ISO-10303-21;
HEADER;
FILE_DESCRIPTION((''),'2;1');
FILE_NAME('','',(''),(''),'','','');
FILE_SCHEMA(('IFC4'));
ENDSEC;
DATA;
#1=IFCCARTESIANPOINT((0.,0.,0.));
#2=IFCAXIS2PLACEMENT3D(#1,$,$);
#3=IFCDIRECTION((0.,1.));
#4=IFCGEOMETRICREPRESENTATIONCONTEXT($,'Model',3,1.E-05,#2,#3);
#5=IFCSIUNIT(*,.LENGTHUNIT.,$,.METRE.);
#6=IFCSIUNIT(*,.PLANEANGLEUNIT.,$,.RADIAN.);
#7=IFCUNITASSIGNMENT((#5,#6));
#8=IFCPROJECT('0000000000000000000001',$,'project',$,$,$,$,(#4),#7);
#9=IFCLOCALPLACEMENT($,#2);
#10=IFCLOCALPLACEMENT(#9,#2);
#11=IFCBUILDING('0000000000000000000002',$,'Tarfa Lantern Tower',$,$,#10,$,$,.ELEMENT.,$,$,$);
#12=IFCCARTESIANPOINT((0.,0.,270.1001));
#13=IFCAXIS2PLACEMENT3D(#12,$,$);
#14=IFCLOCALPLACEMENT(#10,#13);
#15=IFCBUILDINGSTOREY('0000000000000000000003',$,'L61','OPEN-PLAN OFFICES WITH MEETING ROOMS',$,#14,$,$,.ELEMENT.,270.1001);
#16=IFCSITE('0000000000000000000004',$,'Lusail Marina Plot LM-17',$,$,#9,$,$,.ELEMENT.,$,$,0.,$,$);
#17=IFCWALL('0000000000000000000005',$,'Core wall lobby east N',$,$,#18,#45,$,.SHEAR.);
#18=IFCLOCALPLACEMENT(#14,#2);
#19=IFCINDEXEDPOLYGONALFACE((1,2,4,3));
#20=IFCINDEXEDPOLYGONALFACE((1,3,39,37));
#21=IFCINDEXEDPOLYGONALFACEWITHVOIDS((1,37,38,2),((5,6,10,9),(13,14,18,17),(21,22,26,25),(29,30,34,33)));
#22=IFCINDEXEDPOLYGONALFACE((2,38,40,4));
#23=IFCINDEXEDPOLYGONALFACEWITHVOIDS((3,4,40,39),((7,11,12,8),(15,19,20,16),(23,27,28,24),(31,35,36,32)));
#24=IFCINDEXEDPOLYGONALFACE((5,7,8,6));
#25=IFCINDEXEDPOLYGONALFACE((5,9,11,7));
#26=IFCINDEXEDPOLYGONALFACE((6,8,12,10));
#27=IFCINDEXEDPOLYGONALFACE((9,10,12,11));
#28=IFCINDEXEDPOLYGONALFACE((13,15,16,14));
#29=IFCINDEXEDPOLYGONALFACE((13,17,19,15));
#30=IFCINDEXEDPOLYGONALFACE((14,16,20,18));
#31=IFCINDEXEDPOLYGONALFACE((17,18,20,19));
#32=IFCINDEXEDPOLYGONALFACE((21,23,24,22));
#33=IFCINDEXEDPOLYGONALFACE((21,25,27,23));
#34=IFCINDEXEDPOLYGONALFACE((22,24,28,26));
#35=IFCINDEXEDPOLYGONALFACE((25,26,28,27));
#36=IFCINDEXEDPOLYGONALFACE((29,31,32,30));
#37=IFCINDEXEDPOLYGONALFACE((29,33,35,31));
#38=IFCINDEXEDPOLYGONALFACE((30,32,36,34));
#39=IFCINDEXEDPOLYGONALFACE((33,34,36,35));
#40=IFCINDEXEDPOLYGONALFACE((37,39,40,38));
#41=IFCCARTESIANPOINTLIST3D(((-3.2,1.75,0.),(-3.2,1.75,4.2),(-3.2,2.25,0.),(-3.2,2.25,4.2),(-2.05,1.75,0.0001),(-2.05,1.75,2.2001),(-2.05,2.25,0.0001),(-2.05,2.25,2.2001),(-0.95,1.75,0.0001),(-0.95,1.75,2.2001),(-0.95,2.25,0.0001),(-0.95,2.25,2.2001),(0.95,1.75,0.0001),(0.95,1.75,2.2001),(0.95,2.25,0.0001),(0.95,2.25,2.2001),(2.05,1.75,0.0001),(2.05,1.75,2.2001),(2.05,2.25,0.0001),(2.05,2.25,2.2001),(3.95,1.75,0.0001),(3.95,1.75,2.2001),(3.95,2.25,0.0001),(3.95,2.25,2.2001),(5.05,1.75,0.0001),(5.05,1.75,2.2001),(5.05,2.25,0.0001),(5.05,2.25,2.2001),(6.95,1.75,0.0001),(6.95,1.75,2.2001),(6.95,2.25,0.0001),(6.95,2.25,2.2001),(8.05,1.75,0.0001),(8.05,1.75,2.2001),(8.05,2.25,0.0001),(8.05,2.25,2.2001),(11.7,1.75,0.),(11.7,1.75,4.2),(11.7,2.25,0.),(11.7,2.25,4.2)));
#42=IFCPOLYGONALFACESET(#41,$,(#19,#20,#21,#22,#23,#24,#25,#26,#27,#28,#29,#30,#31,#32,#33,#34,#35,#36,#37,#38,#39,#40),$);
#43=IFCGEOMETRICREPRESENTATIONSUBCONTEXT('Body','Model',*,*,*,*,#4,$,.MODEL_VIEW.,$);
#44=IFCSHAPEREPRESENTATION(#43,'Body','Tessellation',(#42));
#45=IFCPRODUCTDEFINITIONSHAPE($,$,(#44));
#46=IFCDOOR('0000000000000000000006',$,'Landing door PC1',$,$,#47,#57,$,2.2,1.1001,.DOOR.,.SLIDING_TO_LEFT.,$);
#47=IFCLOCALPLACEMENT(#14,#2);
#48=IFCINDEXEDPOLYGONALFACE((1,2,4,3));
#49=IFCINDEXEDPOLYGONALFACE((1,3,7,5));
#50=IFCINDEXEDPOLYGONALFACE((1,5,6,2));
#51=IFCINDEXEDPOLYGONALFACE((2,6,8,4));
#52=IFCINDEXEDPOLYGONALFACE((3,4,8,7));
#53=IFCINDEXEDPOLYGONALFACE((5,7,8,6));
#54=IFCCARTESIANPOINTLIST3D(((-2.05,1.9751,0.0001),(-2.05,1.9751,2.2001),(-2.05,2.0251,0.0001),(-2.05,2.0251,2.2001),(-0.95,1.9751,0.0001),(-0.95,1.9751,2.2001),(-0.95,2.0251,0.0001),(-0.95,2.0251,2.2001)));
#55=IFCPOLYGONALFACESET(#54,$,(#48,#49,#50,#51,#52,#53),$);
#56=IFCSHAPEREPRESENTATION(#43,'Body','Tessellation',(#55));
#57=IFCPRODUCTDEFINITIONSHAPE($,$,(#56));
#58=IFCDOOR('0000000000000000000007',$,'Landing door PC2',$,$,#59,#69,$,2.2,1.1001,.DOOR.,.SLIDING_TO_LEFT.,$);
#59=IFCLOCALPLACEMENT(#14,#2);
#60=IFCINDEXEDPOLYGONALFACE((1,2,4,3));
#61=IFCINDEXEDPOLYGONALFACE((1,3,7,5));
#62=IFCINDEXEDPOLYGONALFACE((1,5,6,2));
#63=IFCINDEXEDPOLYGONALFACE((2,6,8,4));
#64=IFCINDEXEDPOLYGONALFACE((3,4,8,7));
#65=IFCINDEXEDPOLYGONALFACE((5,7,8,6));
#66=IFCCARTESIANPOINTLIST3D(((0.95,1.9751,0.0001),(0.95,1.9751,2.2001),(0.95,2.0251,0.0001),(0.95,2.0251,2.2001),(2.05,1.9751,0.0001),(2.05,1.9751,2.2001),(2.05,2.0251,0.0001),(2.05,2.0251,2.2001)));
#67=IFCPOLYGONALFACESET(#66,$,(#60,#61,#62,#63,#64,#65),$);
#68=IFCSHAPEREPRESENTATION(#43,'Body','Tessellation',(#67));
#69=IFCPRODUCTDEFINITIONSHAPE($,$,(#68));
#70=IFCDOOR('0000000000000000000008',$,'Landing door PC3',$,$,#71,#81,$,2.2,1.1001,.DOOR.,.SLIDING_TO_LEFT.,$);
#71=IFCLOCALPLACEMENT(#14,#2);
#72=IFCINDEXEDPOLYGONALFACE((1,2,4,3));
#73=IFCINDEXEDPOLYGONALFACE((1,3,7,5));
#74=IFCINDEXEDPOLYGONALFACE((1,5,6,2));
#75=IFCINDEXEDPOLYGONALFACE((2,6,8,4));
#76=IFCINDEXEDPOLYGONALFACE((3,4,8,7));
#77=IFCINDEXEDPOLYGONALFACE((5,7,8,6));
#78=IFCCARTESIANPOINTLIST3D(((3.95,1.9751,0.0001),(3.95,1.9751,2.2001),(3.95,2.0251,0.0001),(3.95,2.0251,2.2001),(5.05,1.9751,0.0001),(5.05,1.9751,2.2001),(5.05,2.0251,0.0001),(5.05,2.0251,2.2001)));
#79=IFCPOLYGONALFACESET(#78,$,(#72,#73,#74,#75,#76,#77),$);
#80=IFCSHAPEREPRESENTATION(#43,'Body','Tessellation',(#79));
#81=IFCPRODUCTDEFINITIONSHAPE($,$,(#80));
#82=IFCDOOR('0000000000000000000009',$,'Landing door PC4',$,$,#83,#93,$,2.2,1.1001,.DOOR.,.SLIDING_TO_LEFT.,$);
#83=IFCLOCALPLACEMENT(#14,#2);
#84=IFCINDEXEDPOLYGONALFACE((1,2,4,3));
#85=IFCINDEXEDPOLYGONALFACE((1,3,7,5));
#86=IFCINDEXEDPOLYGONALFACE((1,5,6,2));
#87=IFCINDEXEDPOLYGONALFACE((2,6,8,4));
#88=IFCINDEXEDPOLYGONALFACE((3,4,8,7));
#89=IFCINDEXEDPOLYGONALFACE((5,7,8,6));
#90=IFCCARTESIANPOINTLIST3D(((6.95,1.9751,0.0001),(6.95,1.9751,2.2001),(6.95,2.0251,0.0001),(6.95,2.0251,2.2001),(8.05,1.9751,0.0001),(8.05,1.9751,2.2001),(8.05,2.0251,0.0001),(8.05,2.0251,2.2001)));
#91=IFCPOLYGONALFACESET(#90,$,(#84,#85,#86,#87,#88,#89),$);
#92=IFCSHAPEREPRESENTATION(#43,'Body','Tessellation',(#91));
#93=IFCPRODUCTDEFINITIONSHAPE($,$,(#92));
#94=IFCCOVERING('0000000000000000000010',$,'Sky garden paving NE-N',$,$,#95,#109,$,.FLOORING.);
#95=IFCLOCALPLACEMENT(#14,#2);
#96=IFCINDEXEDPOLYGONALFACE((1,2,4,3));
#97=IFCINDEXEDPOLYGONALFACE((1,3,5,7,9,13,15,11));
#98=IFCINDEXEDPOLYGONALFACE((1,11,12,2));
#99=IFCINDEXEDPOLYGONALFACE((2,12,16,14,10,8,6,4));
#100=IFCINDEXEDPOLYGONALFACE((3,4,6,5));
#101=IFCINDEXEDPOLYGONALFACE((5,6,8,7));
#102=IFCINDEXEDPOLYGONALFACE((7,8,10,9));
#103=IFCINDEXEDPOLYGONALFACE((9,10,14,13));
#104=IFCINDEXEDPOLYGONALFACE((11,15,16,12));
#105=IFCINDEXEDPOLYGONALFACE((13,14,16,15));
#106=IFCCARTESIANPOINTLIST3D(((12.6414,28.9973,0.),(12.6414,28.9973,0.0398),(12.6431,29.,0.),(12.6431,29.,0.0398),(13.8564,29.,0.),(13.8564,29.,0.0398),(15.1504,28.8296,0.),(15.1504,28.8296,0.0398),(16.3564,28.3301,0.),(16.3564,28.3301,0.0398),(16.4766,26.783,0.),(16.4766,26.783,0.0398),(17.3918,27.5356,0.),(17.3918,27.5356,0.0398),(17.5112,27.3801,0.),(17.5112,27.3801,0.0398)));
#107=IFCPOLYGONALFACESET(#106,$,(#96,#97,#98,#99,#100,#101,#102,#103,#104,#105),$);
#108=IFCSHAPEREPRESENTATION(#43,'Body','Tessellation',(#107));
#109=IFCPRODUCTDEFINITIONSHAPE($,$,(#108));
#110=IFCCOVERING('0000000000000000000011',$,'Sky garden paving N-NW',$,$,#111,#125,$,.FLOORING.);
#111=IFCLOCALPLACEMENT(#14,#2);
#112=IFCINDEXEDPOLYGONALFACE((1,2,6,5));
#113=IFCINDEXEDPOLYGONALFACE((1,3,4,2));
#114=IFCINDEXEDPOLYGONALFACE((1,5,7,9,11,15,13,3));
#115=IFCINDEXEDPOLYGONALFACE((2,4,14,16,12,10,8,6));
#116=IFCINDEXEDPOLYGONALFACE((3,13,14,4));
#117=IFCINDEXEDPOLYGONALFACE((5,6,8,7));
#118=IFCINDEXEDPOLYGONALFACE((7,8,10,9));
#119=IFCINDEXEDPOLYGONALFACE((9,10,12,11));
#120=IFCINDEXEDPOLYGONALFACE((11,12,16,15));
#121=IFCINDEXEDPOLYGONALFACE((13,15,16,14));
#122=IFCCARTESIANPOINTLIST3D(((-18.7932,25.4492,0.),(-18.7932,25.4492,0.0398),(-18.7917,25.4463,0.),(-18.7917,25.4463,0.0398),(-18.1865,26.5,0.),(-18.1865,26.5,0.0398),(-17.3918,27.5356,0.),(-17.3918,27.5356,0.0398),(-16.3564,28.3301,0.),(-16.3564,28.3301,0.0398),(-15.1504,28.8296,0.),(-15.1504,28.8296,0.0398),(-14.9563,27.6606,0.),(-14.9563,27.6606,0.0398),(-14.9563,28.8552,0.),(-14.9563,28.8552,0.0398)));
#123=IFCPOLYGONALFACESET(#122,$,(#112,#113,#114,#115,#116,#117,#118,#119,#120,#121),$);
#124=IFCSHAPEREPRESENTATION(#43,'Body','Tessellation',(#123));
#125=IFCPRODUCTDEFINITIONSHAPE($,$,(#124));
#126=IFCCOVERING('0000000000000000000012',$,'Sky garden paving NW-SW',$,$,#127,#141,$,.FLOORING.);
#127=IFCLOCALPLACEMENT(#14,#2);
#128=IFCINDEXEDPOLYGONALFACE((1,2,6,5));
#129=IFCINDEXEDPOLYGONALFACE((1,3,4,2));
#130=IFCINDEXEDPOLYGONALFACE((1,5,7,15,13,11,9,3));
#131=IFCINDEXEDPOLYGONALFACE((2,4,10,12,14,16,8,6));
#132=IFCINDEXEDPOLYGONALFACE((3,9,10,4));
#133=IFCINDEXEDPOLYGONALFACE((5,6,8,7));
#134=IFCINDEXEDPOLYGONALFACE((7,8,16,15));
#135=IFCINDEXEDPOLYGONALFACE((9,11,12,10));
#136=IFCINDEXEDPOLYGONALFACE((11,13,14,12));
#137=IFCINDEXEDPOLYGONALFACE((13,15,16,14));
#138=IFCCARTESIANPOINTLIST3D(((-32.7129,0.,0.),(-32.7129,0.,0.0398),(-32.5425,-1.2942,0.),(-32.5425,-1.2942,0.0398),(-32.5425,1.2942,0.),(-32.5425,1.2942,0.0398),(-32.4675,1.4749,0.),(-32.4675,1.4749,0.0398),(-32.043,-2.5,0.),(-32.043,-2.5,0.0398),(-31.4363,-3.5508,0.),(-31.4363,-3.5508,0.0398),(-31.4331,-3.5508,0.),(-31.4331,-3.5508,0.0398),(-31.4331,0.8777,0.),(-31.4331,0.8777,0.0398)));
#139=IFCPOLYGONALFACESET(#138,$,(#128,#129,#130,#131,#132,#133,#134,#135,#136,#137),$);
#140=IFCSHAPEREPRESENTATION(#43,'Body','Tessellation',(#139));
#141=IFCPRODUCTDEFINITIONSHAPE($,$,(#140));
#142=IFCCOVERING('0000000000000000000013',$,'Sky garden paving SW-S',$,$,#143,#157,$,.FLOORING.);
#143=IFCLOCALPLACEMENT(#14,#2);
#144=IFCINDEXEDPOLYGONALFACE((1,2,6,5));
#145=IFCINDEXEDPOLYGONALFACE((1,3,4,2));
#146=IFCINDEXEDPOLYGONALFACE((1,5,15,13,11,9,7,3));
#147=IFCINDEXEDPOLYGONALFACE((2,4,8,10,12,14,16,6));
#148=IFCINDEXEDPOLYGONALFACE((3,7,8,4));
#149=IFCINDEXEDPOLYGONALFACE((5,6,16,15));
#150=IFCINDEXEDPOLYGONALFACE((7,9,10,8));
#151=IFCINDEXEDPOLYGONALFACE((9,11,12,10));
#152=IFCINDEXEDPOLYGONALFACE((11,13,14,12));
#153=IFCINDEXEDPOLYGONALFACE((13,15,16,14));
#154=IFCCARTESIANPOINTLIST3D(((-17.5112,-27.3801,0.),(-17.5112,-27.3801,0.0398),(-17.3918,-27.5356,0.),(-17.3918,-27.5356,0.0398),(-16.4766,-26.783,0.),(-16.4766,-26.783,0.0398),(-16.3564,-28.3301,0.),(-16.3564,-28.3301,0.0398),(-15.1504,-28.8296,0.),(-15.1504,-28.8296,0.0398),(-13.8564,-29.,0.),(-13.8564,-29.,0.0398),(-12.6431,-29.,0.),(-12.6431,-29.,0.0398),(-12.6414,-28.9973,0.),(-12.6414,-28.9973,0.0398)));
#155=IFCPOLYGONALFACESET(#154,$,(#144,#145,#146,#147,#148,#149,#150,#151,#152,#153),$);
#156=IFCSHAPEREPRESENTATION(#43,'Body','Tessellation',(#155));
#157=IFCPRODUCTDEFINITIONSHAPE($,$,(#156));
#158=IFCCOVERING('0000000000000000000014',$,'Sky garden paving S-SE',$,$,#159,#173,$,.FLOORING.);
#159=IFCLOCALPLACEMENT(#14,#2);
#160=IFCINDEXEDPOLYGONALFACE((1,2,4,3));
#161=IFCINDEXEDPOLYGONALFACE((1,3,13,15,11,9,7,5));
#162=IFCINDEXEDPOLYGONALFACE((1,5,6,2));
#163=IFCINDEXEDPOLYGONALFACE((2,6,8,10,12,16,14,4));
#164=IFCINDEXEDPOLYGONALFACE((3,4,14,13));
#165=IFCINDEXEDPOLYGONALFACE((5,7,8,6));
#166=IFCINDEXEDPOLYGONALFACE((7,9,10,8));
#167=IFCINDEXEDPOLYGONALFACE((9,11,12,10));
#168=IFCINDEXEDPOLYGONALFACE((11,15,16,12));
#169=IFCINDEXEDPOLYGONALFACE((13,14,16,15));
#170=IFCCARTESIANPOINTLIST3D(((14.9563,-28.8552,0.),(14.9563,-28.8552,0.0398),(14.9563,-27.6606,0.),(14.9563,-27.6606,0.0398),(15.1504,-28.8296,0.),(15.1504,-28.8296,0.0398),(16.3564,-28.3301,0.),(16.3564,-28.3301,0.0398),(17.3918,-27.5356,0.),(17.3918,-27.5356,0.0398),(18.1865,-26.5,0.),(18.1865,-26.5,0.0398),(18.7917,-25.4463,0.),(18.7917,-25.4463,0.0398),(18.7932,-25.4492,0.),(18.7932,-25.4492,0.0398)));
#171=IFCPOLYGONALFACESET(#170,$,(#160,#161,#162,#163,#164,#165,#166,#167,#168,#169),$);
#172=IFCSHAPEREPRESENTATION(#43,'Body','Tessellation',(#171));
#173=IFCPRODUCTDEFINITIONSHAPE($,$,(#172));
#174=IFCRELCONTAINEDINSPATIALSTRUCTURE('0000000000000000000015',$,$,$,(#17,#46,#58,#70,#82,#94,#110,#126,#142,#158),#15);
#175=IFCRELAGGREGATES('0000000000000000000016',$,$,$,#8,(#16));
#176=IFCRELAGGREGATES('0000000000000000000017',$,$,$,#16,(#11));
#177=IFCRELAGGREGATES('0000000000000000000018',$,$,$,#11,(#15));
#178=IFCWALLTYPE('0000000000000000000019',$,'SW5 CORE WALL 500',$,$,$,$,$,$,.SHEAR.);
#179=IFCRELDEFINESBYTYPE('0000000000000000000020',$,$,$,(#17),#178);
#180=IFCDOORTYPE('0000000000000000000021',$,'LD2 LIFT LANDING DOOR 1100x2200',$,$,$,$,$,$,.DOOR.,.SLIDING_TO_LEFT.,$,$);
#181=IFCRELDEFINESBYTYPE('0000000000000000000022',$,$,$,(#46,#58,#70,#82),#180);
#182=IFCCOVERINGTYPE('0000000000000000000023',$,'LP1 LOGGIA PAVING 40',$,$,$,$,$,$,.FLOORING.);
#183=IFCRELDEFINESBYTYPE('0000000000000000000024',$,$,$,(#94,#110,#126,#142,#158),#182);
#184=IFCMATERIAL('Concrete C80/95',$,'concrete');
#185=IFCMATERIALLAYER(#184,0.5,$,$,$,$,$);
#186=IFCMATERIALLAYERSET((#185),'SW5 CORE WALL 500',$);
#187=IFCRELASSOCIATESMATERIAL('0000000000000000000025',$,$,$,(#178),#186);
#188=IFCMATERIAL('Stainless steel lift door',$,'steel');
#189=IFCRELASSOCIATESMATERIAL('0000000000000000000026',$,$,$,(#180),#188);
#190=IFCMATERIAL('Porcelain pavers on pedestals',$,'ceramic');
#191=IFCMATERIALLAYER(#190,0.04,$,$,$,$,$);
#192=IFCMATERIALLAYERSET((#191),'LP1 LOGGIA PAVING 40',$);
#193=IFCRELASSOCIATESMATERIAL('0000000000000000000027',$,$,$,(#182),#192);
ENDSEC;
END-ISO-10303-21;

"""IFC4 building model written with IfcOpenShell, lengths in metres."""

from ifc_helpers import new_model, si_unit, direction, frame, frame_2d, origin, place, context, subcontext, project, spatial, polyline, rectangle, outline, extrude, material, layer, layer_set, type_object, element, fill, save


model = new_model("IFC4")

# Units and contexts
model_context = context("Model", 3, precision=1e-05, world=origin(), true_north=direction((0.0, 1.0)))
body_context = subcontext(model_context, "Body", "Model", "MODEL_VIEW")
ifc_project = project(units=[si_unit("LENGTHUNIT", "METRE"), si_unit("PLANEANGLEUNIT", "RADIAN")], contexts=[model_context])

# Site, building, storey
site_placement = place(None, origin())
site = spatial("IfcSite", under=ifc_project, at=site_placement, Name="Lusail Marina Plot LM-17", CompositionType="ELEMENT", RefElevation=0.0)
building_placement = place(site_placement, origin())
building = spatial("IfcBuilding", under=site, at=building_placement, Name="Tarfa Lantern Tower", CompositionType="ELEMENT")
storey_placement = place(building_placement, frame((0.0, 0.0, 270.1001)))
storey = spatial("IfcBuildingStorey", under=building, at=storey_placement, Name="L61", Description="OPEN-PLAN OFFICES WITH MEETING ROOMS", CompositionType="ELEMENT", Elevation=270.1001)

# Shared definitions
ifc_material_1 = material(Name="Concrete C80/95", Category="concrete")
ifc_layer_1 = layer(ifc_material_1, 0.5)
ifc_layer_set_1 = layer_set([ifc_layer_1], Name="SW5 CORE WALL 500")
wall_type = type_object("IfcWallType", Name="SW5 CORE WALL 500", PredefinedType="SHEAR", material=ifc_layer_set_1)

# Wall, openings, doors
wall_1_placement = place(storey_placement, frame((-3.2, 2.0, 0.0), z_axis=(0.0, 0.0, 1.0), x_axis=(1.0, 0.0, 0.0)))
wall_1 = element("IfcWall", 1, at=wall_1_placement, inside=storey, type_object=wall_type, Name="Core wall lobby east N", PredefinedType="SHEAR", context=body_context, shape_type="SweptSolid", body=[
    extrude(rectangle(XDim=14.8999, YDim=0.5, at=frame_2d((7.45, 0.0))), origin(), (0.0, 0.0, 1.0), 4.2),
])
opening_1_placement = place(wall_1_placement, frame((1.1499, 0.0, 0.0)))
opening_1 = element("IfcOpeningElement", 2, at=opening_1_placement, cuts=wall_1, PredefinedType="OPENING", context=body_context, shape_type="SweptSolid", body=[
    extrude(rectangle(XDim=1.1001, YDim=2.2, at=frame_2d((0.55, 1.1001))), frame((0.0, 0.26, 0.0), z_axis=(0.0, -1.0, 0.0), x_axis=(1.0, 0.0, 0.0)), (0.0, 0.0, 1.0), 0.52),
])
opening_2_placement = place(wall_1_placement, frame((4.1499, 0.0, 0.0)))
opening_2 = element("IfcOpeningElement", 3, at=opening_2_placement, cuts=wall_1, PredefinedType="OPENING", context=body_context, shape_type="SweptSolid", body=[
    extrude(rectangle(XDim=1.1001, YDim=2.2, at=frame_2d((0.55, 1.1001))), frame((0.0, 0.26, 0.0), z_axis=(0.0, -1.0, 0.0), x_axis=(1.0, 0.0, 0.0)), (0.0, 0.0, 1.0), 0.52),
])
opening_3_placement = place(wall_1_placement, frame((7.1499, 0.0, 0.0)))
opening_3 = element("IfcOpeningElement", 4, at=opening_3_placement, cuts=wall_1, PredefinedType="OPENING", context=body_context, shape_type="SweptSolid", body=[
    extrude(rectangle(XDim=1.1001, YDim=2.2, at=frame_2d((0.55, 1.1001))), frame((0.0, 0.26, 0.0), z_axis=(0.0, -1.0, 0.0), x_axis=(1.0, 0.0, 0.0)), (0.0, 0.0, 1.0), 0.52),
])
opening_4_placement = place(wall_1_placement, frame((10.1499, 0.0, 0.0)))
opening_4 = element("IfcOpeningElement", 5, at=opening_4_placement, cuts=wall_1, PredefinedType="OPENING", context=body_context, shape_type="SweptSolid", body=[
    extrude(rectangle(XDim=1.1001, YDim=2.2, at=frame_2d((0.55, 1.1001))), frame((0.0, 0.26, 0.0), z_axis=(0.0, -1.0, 0.0), x_axis=(1.0, 0.0, 0.0)), (0.0, 0.0, 1.0), 0.52),
])
ifc_material_2 = material(Name="Stainless steel lift door", Category="steel")
door_type = type_object("IfcDoorType", Name="LD2 LIFT LANDING DOOR 1100x2200", OperationType="SLIDING_TO_LEFT", PredefinedType="DOOR", material=ifc_material_2)
door_1_placement = place(opening_1_placement, frame((1.1001, 0.0, 0.0), z_axis=(0.0, 0.0, 1.0), x_axis=(-1.0, 0.0, 0.0)))
door_1 = element("IfcDoor", 6, at=door_1_placement, inside=storey, type_object=door_type, Name="Landing door PC1", OperationType="SLIDING_TO_LEFT", OverallHeight=2.2, OverallWidth=1.1001, PredefinedType="DOOR", context=body_context, shape_type="SweptSolid", body=[
    extrude(rectangle(XDim=1.1001, YDim=2.2, at=frame_2d((0.55, 1.1001))), frame((0.0, 0.0249, 0.0), z_axis=(0.0, -1.0, 0.0), x_axis=(1.0, 0.0, 0.0)), (0.0, 0.0, 1.0), 0.05),
])
fill(opening_1, door_1)
door_2_placement = place(opening_2_placement, frame((1.1001, 0.0, 0.0), z_axis=(0.0, 0.0, 1.0), x_axis=(-1.0, 0.0, 0.0)))
door_2 = element("IfcDoor", 7, at=door_2_placement, inside=storey, type_object=door_type, Name="Landing door PC2", OperationType="SLIDING_TO_LEFT", OverallHeight=2.2, OverallWidth=1.1001, PredefinedType="DOOR", context=body_context, shape_type="SweptSolid", body=[
    extrude(rectangle(XDim=1.1001, YDim=2.2, at=frame_2d((0.55, 1.1001))), frame((0.0, 0.0249, 0.0), z_axis=(0.0, -1.0, 0.0), x_axis=(1.0, 0.0, 0.0)), (0.0, 0.0, 1.0), 0.05),
])
fill(opening_2, door_2)
door_3_placement = place(opening_3_placement, frame((1.1001, 0.0, 0.0), z_axis=(0.0, 0.0, 1.0), x_axis=(-1.0, 0.0, 0.0)))
door_3 = element("IfcDoor", 8, at=door_3_placement, inside=storey, type_object=door_type, Name="Landing door PC3", OperationType="SLIDING_TO_LEFT", OverallHeight=2.2, OverallWidth=1.1001, PredefinedType="DOOR", context=body_context, shape_type="SweptSolid", body=[
    extrude(rectangle(XDim=1.1001, YDim=2.2, at=frame_2d((0.55, 1.1001))), frame((0.0, 0.0249, 0.0), z_axis=(0.0, -1.0, 0.0), x_axis=(1.0, 0.0, 0.0)), (0.0, 0.0, 1.0), 0.05),
])
fill(opening_3, door_3)
door_4_placement = place(opening_4_placement, frame((1.1001, 0.0, 0.0), z_axis=(0.0, 0.0, 1.0), x_axis=(-1.0, 0.0, 0.0)))
door_4 = element("IfcDoor", 9, at=door_4_placement, inside=storey, type_object=door_type, Name="Landing door PC4", OperationType="SLIDING_TO_LEFT", OverallHeight=2.2, OverallWidth=1.1001, PredefinedType="DOOR", context=body_context, shape_type="SweptSolid", body=[
    extrude(rectangle(XDim=1.1001, YDim=2.2, at=frame_2d((0.55, 1.1001))), frame((0.0, 0.0249, 0.0), z_axis=(0.0, -1.0, 0.0), x_axis=(1.0, 0.0, 0.0)), (0.0, 0.0, 1.0), 0.05),
])
fill(opening_4, door_4)

# Coverings
ifc_material_3 = material(Name="Porcelain pavers on pedestals", Category="ceramic")
ifc_layer_2 = layer(ifc_material_3, 0.04)
ifc_layer_set_2 = layer_set([ifc_layer_2], Name="LP1 LOGGIA PAVING 40")
covering_type = type_object("IfcCoveringType", Name="LP1 LOGGIA PAVING 40", PredefinedType="FLOORING", material=ifc_layer_set_2)
covering_1_placement = place(storey_placement, origin())
element("IfcCovering", 10, at=covering_1_placement, inside=storey, type_object=covering_type, Name="Sky garden paving NE-N", PredefinedType="FLOORING", context=body_context, shape_type="SweptSolid", body=[
    extrude(outline(polyline([(15.1504, 28.8296), (16.3564, 28.3301), (17.3918, 27.5356), (17.5112, 27.3801), (16.4766, 26.783), (12.6414, 28.9973), (12.6431, 29.0), (13.8564, 29.0), (15.1504, 28.8296)])), origin(), (0.0, 0.0, 1.0), 0.0398),
])
covering_2_placement = place(storey_placement, origin())
element("IfcCovering", 11, at=covering_2_placement, inside=storey, type_object=covering_type, Name="Sky garden paving N-NW", PredefinedType="FLOORING", context=body_context, shape_type="SweptSolid", body=[
    extrude(outline(polyline([(-17.3918, 27.5356), (-16.3564, 28.3301), (-15.1504, 28.8296), (-14.9563, 28.8552), (-14.9563, 27.6606), (-18.7917, 25.4463), (-18.7932, 25.4492), (-18.1865, 26.5), (-17.3918, 27.5356)])), origin(), (0.0, 0.0, 1.0), 0.0398),
])
covering_3_placement = place(storey_placement, origin())
element("IfcCovering", 12, at=covering_3_placement, inside=storey, type_object=covering_type, Name="Sky garden paving NW-SW", PredefinedType="FLOORING", context=body_context, shape_type="SweptSolid", body=[
    extrude(outline(polyline([(-32.5425, -1.2942), (-32.7129, 0.0), (-32.5425, 1.2942), (-32.4675, 1.4749), (-31.4331, 0.8777), (-31.4331, -3.5508), (-31.4363, -3.5508), (-32.043, -2.5), (-32.5425, -1.2942)])), origin(), (0.0, 0.0, 1.0), 0.0398),
])
covering_4_placement = place(storey_placement, origin())
element("IfcCovering", 13, at=covering_4_placement, inside=storey, type_object=covering_type, Name="Sky garden paving SW-S", PredefinedType="FLOORING", context=body_context, shape_type="SweptSolid", body=[
    extrude(outline(polyline([(-15.1504, -28.8296), (-16.3564, -28.3301), (-17.3918, -27.5356), (-17.5112, -27.3801), (-16.4766, -26.783), (-12.6414, -28.9973), (-12.6431, -29.0), (-13.8564, -29.0), (-15.1504, -28.8296)])), origin(), (0.0, 0.0, 1.0), 0.0398),
])
covering_5_placement = place(storey_placement, origin())
element("IfcCovering", 14, at=covering_5_placement, inside=storey, type_object=covering_type, Name="Sky garden paving S-SE", PredefinedType="FLOORING", context=body_context, shape_type="SweptSolid", body=[
    extrude(outline(polyline([(17.3918, -27.5356), (16.3564, -28.3301), (15.1504, -28.8296), (14.9563, -28.8552), (14.9563, -27.6606), (18.7917, -25.4463), (18.7932, -25.4492), (18.1865, -26.5), (17.3918, -27.5356)])), origin(), (0.0, 0.0, 1.0), 0.0398),
])

save(model, "model.ifc")
